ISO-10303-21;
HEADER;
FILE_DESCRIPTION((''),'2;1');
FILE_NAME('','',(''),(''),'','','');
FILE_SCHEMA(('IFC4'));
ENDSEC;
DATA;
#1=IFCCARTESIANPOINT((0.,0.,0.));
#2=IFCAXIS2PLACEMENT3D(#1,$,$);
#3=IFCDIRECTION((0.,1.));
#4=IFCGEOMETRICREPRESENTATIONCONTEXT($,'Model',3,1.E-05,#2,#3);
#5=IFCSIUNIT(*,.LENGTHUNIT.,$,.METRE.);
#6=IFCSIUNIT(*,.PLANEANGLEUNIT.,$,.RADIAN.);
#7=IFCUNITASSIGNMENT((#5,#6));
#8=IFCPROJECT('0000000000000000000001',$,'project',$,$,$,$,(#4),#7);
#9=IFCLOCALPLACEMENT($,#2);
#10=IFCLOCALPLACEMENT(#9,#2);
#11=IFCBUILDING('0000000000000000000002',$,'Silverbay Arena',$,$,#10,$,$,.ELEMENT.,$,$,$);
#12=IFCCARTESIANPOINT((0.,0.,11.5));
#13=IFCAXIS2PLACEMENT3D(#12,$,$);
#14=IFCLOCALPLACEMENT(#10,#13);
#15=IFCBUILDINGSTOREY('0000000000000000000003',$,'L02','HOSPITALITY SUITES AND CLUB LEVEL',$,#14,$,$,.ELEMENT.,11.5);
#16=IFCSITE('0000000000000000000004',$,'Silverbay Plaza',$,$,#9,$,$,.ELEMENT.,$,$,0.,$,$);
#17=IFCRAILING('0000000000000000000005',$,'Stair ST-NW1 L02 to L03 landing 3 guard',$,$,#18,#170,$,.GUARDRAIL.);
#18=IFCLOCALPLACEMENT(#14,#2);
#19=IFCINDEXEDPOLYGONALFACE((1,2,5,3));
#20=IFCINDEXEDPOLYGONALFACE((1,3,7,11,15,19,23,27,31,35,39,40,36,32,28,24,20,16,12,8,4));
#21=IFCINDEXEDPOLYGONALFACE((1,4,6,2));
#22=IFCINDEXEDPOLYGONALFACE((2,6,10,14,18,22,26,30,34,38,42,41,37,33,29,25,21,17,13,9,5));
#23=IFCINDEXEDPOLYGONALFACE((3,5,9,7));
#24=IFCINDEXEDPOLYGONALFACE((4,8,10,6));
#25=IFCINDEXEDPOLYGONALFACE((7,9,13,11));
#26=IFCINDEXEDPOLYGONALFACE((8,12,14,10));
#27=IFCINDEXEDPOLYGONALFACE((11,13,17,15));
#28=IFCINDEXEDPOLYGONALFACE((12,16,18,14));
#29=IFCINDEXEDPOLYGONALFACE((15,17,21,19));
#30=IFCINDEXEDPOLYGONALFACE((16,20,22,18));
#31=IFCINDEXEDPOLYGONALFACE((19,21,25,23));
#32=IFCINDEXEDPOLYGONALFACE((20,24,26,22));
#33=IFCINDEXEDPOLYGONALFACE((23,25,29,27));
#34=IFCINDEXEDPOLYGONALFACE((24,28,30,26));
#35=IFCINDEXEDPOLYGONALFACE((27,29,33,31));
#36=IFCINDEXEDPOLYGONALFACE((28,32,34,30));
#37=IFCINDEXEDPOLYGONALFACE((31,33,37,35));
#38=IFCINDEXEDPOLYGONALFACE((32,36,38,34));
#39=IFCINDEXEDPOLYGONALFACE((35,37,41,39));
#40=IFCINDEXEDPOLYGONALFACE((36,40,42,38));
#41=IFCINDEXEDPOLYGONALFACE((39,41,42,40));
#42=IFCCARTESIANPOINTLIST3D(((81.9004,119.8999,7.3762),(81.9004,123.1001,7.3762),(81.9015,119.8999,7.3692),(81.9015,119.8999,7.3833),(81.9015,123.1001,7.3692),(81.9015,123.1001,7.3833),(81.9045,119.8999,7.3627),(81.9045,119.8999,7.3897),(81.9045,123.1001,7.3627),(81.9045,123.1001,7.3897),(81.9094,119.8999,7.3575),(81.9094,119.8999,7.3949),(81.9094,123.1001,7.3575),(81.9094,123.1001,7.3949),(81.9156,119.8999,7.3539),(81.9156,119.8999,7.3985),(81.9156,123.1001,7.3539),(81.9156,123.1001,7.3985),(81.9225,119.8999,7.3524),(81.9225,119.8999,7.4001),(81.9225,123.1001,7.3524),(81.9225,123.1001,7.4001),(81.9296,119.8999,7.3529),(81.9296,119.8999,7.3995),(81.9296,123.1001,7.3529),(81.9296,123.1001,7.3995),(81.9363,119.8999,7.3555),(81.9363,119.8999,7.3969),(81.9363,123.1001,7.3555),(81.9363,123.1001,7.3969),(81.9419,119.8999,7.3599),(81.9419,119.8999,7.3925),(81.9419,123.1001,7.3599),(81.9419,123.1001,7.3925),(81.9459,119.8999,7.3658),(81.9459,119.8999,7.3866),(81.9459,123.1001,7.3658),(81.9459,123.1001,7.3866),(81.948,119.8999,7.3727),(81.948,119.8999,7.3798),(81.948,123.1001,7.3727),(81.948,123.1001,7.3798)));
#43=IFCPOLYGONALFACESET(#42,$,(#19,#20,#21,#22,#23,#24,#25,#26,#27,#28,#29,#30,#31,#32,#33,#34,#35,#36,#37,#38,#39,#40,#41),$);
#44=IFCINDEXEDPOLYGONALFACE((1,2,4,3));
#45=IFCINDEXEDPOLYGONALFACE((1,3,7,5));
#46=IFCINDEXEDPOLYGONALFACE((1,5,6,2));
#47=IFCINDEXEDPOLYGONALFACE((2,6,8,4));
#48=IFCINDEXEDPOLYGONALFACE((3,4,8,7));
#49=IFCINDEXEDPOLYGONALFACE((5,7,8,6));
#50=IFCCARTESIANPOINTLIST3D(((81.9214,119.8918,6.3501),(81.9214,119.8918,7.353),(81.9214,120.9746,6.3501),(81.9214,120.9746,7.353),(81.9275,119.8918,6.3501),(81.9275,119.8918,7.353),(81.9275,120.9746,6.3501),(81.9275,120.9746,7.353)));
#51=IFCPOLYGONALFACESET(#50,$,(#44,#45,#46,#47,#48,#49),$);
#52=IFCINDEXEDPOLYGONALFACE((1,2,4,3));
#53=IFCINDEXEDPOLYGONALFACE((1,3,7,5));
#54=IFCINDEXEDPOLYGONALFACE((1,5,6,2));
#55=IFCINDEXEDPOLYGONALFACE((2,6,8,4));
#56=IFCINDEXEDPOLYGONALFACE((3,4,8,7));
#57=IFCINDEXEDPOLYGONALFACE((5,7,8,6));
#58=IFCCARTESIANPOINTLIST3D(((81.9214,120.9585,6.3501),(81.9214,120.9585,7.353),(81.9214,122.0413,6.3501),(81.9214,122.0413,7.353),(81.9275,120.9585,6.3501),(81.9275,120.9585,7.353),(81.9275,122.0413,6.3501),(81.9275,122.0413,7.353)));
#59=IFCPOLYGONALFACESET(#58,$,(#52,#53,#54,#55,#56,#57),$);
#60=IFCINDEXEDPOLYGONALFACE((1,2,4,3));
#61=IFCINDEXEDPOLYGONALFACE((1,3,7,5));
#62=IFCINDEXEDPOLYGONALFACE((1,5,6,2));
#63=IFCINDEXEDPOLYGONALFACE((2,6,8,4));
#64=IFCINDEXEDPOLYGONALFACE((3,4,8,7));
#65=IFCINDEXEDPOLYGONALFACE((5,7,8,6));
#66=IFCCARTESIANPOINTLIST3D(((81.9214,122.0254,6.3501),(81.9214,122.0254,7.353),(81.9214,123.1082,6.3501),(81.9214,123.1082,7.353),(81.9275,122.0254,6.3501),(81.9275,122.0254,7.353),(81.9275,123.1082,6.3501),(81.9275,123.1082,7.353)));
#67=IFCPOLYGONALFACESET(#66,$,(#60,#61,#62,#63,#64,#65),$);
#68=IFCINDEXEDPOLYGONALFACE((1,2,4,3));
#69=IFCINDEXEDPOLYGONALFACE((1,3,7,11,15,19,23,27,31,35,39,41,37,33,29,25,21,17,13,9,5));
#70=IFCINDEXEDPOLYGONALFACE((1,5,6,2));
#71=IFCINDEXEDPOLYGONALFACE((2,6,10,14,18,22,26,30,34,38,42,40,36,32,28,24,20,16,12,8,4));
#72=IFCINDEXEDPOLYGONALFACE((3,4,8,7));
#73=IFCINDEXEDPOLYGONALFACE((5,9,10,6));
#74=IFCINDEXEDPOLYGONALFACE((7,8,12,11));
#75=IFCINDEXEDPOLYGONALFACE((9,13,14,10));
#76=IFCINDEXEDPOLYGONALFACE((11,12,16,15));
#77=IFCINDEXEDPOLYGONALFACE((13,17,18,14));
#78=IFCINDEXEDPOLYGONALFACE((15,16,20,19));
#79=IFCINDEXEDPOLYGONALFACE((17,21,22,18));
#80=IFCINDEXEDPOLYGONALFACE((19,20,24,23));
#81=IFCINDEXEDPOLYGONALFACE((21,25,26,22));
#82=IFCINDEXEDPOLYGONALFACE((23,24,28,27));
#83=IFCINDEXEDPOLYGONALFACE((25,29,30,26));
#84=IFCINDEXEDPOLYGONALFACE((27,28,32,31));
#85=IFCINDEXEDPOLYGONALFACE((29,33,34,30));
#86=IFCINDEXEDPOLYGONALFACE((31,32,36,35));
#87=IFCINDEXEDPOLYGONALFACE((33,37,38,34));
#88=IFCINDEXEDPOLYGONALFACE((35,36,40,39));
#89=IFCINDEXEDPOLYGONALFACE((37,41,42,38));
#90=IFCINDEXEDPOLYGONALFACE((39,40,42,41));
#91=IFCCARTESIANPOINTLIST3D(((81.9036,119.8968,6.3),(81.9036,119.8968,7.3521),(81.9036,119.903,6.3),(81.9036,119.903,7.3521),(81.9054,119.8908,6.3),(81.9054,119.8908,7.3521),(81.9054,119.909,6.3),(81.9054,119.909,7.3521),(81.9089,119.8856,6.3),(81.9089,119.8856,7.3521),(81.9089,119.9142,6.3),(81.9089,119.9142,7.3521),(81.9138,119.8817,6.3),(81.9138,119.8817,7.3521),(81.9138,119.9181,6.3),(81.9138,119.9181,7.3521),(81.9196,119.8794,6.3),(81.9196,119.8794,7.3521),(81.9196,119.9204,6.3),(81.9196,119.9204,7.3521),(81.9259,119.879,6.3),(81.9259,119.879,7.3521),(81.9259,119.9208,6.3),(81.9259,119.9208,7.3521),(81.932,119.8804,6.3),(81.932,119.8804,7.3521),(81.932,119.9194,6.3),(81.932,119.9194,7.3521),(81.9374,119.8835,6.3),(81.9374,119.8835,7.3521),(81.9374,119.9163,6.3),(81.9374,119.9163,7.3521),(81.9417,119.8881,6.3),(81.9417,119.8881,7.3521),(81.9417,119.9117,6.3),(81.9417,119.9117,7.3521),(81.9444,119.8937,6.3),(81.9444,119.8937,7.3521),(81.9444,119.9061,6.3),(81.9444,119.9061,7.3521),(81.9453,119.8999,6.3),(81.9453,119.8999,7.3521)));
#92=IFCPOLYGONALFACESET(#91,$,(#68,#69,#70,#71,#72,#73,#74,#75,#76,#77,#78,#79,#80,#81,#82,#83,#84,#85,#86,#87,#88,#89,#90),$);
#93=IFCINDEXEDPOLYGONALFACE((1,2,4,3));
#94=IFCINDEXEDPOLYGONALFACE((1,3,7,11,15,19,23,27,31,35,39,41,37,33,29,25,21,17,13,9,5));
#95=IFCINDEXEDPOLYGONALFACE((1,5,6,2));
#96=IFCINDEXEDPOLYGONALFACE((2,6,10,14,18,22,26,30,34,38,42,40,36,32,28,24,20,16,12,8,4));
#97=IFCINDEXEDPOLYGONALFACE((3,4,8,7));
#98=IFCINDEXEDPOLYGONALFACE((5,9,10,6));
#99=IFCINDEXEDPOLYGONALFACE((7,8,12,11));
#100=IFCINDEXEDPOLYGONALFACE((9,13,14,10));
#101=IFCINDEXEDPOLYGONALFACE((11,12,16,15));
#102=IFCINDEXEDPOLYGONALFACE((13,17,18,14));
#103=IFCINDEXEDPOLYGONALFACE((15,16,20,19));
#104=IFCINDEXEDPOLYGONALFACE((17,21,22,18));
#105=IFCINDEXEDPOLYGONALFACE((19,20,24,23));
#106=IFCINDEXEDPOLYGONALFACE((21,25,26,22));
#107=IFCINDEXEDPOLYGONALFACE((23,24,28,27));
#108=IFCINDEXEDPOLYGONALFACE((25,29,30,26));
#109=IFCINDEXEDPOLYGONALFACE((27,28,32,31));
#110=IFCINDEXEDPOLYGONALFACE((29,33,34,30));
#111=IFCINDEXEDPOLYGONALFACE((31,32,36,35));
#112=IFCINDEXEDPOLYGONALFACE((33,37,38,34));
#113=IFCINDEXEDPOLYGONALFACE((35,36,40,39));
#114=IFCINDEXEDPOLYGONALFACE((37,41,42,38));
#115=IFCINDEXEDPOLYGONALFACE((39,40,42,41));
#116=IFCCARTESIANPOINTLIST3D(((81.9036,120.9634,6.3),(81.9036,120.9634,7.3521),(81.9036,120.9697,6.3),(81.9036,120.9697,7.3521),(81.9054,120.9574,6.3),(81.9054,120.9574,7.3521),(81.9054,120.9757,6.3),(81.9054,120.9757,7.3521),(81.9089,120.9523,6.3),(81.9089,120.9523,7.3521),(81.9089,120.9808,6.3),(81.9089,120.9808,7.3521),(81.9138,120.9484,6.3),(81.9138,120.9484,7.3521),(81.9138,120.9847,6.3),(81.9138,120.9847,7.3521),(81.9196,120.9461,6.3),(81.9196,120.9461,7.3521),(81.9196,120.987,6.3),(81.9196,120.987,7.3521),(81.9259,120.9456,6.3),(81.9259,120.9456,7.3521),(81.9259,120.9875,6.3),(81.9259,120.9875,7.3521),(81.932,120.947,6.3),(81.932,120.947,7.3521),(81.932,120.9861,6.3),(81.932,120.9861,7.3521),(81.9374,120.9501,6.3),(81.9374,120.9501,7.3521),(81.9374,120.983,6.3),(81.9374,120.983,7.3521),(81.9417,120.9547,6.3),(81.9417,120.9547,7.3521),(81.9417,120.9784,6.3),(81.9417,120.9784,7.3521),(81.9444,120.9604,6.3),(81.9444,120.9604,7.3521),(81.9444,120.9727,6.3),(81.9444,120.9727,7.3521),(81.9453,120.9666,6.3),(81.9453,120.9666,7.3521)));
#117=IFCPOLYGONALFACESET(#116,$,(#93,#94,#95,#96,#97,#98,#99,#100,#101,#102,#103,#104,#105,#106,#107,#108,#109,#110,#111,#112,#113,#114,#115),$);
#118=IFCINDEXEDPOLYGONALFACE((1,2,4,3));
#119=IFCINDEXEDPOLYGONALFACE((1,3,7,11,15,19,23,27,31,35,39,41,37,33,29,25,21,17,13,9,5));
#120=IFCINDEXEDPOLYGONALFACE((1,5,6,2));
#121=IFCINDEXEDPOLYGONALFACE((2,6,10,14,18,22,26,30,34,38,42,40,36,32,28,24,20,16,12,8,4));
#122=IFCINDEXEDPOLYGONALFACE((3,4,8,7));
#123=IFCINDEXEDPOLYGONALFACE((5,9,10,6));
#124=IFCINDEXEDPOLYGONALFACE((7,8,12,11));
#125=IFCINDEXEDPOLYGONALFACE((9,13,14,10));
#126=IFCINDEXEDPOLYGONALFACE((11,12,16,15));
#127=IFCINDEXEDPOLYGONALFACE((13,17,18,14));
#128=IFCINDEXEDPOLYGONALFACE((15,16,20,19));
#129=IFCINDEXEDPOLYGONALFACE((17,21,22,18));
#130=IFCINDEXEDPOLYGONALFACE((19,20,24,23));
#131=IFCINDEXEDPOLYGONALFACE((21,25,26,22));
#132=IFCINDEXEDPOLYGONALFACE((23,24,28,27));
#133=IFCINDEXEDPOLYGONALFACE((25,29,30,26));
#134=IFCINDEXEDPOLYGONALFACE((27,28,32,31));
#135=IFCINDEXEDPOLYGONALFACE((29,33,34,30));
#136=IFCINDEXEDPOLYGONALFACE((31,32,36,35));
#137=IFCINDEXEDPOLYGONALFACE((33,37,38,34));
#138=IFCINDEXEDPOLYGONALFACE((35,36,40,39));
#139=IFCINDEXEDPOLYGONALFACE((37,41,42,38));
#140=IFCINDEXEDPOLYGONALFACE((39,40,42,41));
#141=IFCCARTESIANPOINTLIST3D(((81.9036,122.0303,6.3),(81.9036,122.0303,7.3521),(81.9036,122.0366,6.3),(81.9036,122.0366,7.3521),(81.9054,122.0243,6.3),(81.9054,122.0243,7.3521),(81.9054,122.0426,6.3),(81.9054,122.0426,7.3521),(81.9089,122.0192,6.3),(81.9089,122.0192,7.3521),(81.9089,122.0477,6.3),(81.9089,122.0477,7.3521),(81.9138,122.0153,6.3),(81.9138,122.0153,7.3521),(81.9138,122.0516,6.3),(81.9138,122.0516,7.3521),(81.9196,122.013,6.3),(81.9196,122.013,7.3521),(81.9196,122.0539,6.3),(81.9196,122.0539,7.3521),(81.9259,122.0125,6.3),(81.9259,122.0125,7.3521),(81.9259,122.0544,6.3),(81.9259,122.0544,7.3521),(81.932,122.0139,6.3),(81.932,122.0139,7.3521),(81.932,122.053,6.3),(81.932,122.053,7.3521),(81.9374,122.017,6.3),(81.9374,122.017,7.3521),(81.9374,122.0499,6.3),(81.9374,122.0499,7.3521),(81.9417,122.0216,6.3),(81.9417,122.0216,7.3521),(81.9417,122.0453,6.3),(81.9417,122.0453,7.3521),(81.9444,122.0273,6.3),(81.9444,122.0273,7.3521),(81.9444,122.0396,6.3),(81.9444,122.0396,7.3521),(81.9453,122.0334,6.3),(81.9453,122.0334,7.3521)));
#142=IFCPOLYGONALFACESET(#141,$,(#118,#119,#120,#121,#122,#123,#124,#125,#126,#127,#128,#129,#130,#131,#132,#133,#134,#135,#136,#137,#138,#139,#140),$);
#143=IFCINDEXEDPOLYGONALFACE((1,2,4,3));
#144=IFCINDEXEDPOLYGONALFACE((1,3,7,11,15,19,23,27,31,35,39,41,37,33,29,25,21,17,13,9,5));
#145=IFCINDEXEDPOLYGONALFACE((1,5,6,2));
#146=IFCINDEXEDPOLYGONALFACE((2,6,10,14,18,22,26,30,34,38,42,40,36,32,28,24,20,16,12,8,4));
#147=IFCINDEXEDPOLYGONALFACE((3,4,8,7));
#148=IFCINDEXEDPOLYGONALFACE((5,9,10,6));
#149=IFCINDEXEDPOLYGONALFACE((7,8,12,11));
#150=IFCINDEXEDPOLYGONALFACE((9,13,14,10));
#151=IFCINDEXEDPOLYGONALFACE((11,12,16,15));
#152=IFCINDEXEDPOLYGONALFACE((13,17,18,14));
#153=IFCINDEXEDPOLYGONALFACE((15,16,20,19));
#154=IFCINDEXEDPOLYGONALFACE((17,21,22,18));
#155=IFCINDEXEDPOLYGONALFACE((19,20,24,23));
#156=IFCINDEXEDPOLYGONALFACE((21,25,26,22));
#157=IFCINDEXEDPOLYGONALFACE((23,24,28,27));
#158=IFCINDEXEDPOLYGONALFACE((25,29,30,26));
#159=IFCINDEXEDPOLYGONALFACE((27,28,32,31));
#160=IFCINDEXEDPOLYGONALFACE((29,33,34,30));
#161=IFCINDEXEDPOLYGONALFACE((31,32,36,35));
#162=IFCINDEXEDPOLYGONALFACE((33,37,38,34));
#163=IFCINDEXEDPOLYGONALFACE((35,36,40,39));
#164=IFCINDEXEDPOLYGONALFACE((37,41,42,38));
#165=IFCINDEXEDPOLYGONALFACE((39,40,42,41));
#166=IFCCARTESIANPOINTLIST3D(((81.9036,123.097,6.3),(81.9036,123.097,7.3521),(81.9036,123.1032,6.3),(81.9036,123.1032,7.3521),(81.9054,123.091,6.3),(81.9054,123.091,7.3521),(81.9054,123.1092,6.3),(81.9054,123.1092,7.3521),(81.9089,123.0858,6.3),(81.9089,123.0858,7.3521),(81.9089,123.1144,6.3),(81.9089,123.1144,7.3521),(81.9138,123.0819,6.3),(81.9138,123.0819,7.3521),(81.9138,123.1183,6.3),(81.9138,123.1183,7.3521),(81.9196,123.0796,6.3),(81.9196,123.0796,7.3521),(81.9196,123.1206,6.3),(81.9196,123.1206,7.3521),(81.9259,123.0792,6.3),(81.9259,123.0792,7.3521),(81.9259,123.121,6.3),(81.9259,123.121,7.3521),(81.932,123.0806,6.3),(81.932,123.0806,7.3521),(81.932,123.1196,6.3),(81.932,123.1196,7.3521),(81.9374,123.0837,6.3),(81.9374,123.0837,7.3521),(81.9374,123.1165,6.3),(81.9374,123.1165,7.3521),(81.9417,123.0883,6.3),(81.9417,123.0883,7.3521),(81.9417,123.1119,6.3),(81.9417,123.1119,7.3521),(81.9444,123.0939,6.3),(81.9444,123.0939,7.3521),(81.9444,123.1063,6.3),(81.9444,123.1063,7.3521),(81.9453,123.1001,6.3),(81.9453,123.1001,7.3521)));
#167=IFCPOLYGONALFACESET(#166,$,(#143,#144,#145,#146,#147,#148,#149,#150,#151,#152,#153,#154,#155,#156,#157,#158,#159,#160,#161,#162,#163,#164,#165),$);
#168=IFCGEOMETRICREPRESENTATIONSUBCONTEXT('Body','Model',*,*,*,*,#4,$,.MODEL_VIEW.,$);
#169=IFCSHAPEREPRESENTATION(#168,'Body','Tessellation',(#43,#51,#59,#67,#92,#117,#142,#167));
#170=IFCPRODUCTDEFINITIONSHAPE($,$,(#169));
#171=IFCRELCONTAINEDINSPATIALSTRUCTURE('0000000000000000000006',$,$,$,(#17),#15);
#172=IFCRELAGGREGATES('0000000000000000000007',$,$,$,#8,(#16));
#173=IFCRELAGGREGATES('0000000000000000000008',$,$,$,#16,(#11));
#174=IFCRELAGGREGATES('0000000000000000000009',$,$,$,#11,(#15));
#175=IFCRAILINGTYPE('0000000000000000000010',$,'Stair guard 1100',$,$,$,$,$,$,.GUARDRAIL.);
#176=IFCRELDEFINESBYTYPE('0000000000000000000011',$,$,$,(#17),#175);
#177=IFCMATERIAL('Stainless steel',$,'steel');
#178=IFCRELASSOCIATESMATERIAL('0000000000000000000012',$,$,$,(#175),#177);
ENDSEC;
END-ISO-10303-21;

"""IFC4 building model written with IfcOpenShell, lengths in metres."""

from ifc_helpers import new_model, si_unit, direction, frame, origin, origin_2d, place, context, subcontext, project, spatial, polyline, circle, outline, extrude, material, type_object, element, save


model = new_model("IFC4")

# Units and contexts
model_context = context("Model", 3, precision=1e-05, world=origin(), true_north=direction((0.0, 1.0)))
body_context = subcontext(model_context, "Body", "Model", "MODEL_VIEW")
ifc_project = project(units=[si_unit("LENGTHUNIT", "METRE"), si_unit("PLANEANGLEUNIT", "RADIAN")], contexts=[model_context])

# Site, building, storey
site_placement = place(None, origin())
site = spatial("IfcSite", under=ifc_project, at=site_placement, Name="Silverbay Plaza", CompositionType="ELEMENT", RefElevation=0.0)
building_placement = place(site_placement, origin())
building = spatial("IfcBuilding", under=site, at=building_placement, Name="Silverbay Arena", CompositionType="ELEMENT")
storey_placement = place(building_placement, frame((0.0, 0.0, 11.5)))
storey = spatial("IfcBuildingStorey", under=building, at=storey_placement, Name="L02", Description="HOSPITALITY SUITES AND CLUB LEVEL", CompositionType="ELEMENT", Elevation=11.5)

# Railing
ifc_material_1 = material(Name="Stainless steel", Category="steel")
railing_type_1 = type_object("IfcRailingType", Name="Stair guard 1100", PredefinedType="GUARDRAIL", material=ifc_material_1)
for number, where, name in (
    (1, (81.9243, 119.8999, 6.3), "Stair ST-NW1 L02 to L03 landing 3 guard"),
):
    element("IfcRailing", number, at=place(storey_placement, frame(where)), inside=storey, type_object=railing_type_1, Name=name, PredefinedType="GUARDRAIL", context=body_context, shape_type="SweptSolid", body=[
        extrude(circle(Radius=0.0239, at=origin_2d()), frame((0.0, 0.0, 1.0762), z_axis=(0.0, 1.0, 0.0), x_axis=(-1.0, 0.0, 0.0)), (0.0, 0.0, 1.0), 3.2002),
        extrude(outline(polyline([(-0.0081, 0.05), (1.0747, 0.05), (1.0747, 1.053), (-0.0081, 1.053), (-0.0081, 0.05)])), frame((-0.0029, 0.0, 0.0), z_axis=(1.0, 0.0, 0.0), x_axis=(0.0, 1.0, 0.0)), (0.0, 0.0, 1.0), 0.0061),
        extrude(outline(polyline([(-0.0081, 0.05), (1.0747, 0.05), (1.0747, 1.053), (-0.0081, 1.053), (-0.0081, 0.05)])), frame((-0.0029, 1.0667, 0.0), z_axis=(1.0, 0.0, 0.0), x_axis=(0.0, 1.0, 0.0)), (0.0, 0.0, 1.0), 0.0061),
        extrude(outline(polyline([(-0.0081, 0.05), (1.0747, 0.05), (1.0747, 1.053), (-0.0081, 1.053), (-0.0081, 0.05)])), frame((-0.0029, 2.1335, 0.0), z_axis=(1.0, 0.0, 0.0), x_axis=(0.0, 1.0, 0.0)), (0.0, 0.0, 1.0), 0.0061),
        extrude(circle(Radius=0.021, at=origin_2d()), origin(), (0.0, 0.0, 1.0), 1.052),
        extrude(circle(Radius=0.021, at=origin_2d()), frame((0.0, 1.0667, 0.0)), (0.0, 0.0, 1.0), 1.052),
        extrude(circle(Radius=0.021, at=origin_2d()), frame((0.0, 2.1335, 0.0)), (0.0, 0.0, 1.0), 1.052),
        extrude(circle(Radius=0.021, at=origin_2d()), frame((0.0, 3.2002, 0.0)), (0.0, 0.0, 1.0), 1.052),
    ])

save(model, "model.ifc")
